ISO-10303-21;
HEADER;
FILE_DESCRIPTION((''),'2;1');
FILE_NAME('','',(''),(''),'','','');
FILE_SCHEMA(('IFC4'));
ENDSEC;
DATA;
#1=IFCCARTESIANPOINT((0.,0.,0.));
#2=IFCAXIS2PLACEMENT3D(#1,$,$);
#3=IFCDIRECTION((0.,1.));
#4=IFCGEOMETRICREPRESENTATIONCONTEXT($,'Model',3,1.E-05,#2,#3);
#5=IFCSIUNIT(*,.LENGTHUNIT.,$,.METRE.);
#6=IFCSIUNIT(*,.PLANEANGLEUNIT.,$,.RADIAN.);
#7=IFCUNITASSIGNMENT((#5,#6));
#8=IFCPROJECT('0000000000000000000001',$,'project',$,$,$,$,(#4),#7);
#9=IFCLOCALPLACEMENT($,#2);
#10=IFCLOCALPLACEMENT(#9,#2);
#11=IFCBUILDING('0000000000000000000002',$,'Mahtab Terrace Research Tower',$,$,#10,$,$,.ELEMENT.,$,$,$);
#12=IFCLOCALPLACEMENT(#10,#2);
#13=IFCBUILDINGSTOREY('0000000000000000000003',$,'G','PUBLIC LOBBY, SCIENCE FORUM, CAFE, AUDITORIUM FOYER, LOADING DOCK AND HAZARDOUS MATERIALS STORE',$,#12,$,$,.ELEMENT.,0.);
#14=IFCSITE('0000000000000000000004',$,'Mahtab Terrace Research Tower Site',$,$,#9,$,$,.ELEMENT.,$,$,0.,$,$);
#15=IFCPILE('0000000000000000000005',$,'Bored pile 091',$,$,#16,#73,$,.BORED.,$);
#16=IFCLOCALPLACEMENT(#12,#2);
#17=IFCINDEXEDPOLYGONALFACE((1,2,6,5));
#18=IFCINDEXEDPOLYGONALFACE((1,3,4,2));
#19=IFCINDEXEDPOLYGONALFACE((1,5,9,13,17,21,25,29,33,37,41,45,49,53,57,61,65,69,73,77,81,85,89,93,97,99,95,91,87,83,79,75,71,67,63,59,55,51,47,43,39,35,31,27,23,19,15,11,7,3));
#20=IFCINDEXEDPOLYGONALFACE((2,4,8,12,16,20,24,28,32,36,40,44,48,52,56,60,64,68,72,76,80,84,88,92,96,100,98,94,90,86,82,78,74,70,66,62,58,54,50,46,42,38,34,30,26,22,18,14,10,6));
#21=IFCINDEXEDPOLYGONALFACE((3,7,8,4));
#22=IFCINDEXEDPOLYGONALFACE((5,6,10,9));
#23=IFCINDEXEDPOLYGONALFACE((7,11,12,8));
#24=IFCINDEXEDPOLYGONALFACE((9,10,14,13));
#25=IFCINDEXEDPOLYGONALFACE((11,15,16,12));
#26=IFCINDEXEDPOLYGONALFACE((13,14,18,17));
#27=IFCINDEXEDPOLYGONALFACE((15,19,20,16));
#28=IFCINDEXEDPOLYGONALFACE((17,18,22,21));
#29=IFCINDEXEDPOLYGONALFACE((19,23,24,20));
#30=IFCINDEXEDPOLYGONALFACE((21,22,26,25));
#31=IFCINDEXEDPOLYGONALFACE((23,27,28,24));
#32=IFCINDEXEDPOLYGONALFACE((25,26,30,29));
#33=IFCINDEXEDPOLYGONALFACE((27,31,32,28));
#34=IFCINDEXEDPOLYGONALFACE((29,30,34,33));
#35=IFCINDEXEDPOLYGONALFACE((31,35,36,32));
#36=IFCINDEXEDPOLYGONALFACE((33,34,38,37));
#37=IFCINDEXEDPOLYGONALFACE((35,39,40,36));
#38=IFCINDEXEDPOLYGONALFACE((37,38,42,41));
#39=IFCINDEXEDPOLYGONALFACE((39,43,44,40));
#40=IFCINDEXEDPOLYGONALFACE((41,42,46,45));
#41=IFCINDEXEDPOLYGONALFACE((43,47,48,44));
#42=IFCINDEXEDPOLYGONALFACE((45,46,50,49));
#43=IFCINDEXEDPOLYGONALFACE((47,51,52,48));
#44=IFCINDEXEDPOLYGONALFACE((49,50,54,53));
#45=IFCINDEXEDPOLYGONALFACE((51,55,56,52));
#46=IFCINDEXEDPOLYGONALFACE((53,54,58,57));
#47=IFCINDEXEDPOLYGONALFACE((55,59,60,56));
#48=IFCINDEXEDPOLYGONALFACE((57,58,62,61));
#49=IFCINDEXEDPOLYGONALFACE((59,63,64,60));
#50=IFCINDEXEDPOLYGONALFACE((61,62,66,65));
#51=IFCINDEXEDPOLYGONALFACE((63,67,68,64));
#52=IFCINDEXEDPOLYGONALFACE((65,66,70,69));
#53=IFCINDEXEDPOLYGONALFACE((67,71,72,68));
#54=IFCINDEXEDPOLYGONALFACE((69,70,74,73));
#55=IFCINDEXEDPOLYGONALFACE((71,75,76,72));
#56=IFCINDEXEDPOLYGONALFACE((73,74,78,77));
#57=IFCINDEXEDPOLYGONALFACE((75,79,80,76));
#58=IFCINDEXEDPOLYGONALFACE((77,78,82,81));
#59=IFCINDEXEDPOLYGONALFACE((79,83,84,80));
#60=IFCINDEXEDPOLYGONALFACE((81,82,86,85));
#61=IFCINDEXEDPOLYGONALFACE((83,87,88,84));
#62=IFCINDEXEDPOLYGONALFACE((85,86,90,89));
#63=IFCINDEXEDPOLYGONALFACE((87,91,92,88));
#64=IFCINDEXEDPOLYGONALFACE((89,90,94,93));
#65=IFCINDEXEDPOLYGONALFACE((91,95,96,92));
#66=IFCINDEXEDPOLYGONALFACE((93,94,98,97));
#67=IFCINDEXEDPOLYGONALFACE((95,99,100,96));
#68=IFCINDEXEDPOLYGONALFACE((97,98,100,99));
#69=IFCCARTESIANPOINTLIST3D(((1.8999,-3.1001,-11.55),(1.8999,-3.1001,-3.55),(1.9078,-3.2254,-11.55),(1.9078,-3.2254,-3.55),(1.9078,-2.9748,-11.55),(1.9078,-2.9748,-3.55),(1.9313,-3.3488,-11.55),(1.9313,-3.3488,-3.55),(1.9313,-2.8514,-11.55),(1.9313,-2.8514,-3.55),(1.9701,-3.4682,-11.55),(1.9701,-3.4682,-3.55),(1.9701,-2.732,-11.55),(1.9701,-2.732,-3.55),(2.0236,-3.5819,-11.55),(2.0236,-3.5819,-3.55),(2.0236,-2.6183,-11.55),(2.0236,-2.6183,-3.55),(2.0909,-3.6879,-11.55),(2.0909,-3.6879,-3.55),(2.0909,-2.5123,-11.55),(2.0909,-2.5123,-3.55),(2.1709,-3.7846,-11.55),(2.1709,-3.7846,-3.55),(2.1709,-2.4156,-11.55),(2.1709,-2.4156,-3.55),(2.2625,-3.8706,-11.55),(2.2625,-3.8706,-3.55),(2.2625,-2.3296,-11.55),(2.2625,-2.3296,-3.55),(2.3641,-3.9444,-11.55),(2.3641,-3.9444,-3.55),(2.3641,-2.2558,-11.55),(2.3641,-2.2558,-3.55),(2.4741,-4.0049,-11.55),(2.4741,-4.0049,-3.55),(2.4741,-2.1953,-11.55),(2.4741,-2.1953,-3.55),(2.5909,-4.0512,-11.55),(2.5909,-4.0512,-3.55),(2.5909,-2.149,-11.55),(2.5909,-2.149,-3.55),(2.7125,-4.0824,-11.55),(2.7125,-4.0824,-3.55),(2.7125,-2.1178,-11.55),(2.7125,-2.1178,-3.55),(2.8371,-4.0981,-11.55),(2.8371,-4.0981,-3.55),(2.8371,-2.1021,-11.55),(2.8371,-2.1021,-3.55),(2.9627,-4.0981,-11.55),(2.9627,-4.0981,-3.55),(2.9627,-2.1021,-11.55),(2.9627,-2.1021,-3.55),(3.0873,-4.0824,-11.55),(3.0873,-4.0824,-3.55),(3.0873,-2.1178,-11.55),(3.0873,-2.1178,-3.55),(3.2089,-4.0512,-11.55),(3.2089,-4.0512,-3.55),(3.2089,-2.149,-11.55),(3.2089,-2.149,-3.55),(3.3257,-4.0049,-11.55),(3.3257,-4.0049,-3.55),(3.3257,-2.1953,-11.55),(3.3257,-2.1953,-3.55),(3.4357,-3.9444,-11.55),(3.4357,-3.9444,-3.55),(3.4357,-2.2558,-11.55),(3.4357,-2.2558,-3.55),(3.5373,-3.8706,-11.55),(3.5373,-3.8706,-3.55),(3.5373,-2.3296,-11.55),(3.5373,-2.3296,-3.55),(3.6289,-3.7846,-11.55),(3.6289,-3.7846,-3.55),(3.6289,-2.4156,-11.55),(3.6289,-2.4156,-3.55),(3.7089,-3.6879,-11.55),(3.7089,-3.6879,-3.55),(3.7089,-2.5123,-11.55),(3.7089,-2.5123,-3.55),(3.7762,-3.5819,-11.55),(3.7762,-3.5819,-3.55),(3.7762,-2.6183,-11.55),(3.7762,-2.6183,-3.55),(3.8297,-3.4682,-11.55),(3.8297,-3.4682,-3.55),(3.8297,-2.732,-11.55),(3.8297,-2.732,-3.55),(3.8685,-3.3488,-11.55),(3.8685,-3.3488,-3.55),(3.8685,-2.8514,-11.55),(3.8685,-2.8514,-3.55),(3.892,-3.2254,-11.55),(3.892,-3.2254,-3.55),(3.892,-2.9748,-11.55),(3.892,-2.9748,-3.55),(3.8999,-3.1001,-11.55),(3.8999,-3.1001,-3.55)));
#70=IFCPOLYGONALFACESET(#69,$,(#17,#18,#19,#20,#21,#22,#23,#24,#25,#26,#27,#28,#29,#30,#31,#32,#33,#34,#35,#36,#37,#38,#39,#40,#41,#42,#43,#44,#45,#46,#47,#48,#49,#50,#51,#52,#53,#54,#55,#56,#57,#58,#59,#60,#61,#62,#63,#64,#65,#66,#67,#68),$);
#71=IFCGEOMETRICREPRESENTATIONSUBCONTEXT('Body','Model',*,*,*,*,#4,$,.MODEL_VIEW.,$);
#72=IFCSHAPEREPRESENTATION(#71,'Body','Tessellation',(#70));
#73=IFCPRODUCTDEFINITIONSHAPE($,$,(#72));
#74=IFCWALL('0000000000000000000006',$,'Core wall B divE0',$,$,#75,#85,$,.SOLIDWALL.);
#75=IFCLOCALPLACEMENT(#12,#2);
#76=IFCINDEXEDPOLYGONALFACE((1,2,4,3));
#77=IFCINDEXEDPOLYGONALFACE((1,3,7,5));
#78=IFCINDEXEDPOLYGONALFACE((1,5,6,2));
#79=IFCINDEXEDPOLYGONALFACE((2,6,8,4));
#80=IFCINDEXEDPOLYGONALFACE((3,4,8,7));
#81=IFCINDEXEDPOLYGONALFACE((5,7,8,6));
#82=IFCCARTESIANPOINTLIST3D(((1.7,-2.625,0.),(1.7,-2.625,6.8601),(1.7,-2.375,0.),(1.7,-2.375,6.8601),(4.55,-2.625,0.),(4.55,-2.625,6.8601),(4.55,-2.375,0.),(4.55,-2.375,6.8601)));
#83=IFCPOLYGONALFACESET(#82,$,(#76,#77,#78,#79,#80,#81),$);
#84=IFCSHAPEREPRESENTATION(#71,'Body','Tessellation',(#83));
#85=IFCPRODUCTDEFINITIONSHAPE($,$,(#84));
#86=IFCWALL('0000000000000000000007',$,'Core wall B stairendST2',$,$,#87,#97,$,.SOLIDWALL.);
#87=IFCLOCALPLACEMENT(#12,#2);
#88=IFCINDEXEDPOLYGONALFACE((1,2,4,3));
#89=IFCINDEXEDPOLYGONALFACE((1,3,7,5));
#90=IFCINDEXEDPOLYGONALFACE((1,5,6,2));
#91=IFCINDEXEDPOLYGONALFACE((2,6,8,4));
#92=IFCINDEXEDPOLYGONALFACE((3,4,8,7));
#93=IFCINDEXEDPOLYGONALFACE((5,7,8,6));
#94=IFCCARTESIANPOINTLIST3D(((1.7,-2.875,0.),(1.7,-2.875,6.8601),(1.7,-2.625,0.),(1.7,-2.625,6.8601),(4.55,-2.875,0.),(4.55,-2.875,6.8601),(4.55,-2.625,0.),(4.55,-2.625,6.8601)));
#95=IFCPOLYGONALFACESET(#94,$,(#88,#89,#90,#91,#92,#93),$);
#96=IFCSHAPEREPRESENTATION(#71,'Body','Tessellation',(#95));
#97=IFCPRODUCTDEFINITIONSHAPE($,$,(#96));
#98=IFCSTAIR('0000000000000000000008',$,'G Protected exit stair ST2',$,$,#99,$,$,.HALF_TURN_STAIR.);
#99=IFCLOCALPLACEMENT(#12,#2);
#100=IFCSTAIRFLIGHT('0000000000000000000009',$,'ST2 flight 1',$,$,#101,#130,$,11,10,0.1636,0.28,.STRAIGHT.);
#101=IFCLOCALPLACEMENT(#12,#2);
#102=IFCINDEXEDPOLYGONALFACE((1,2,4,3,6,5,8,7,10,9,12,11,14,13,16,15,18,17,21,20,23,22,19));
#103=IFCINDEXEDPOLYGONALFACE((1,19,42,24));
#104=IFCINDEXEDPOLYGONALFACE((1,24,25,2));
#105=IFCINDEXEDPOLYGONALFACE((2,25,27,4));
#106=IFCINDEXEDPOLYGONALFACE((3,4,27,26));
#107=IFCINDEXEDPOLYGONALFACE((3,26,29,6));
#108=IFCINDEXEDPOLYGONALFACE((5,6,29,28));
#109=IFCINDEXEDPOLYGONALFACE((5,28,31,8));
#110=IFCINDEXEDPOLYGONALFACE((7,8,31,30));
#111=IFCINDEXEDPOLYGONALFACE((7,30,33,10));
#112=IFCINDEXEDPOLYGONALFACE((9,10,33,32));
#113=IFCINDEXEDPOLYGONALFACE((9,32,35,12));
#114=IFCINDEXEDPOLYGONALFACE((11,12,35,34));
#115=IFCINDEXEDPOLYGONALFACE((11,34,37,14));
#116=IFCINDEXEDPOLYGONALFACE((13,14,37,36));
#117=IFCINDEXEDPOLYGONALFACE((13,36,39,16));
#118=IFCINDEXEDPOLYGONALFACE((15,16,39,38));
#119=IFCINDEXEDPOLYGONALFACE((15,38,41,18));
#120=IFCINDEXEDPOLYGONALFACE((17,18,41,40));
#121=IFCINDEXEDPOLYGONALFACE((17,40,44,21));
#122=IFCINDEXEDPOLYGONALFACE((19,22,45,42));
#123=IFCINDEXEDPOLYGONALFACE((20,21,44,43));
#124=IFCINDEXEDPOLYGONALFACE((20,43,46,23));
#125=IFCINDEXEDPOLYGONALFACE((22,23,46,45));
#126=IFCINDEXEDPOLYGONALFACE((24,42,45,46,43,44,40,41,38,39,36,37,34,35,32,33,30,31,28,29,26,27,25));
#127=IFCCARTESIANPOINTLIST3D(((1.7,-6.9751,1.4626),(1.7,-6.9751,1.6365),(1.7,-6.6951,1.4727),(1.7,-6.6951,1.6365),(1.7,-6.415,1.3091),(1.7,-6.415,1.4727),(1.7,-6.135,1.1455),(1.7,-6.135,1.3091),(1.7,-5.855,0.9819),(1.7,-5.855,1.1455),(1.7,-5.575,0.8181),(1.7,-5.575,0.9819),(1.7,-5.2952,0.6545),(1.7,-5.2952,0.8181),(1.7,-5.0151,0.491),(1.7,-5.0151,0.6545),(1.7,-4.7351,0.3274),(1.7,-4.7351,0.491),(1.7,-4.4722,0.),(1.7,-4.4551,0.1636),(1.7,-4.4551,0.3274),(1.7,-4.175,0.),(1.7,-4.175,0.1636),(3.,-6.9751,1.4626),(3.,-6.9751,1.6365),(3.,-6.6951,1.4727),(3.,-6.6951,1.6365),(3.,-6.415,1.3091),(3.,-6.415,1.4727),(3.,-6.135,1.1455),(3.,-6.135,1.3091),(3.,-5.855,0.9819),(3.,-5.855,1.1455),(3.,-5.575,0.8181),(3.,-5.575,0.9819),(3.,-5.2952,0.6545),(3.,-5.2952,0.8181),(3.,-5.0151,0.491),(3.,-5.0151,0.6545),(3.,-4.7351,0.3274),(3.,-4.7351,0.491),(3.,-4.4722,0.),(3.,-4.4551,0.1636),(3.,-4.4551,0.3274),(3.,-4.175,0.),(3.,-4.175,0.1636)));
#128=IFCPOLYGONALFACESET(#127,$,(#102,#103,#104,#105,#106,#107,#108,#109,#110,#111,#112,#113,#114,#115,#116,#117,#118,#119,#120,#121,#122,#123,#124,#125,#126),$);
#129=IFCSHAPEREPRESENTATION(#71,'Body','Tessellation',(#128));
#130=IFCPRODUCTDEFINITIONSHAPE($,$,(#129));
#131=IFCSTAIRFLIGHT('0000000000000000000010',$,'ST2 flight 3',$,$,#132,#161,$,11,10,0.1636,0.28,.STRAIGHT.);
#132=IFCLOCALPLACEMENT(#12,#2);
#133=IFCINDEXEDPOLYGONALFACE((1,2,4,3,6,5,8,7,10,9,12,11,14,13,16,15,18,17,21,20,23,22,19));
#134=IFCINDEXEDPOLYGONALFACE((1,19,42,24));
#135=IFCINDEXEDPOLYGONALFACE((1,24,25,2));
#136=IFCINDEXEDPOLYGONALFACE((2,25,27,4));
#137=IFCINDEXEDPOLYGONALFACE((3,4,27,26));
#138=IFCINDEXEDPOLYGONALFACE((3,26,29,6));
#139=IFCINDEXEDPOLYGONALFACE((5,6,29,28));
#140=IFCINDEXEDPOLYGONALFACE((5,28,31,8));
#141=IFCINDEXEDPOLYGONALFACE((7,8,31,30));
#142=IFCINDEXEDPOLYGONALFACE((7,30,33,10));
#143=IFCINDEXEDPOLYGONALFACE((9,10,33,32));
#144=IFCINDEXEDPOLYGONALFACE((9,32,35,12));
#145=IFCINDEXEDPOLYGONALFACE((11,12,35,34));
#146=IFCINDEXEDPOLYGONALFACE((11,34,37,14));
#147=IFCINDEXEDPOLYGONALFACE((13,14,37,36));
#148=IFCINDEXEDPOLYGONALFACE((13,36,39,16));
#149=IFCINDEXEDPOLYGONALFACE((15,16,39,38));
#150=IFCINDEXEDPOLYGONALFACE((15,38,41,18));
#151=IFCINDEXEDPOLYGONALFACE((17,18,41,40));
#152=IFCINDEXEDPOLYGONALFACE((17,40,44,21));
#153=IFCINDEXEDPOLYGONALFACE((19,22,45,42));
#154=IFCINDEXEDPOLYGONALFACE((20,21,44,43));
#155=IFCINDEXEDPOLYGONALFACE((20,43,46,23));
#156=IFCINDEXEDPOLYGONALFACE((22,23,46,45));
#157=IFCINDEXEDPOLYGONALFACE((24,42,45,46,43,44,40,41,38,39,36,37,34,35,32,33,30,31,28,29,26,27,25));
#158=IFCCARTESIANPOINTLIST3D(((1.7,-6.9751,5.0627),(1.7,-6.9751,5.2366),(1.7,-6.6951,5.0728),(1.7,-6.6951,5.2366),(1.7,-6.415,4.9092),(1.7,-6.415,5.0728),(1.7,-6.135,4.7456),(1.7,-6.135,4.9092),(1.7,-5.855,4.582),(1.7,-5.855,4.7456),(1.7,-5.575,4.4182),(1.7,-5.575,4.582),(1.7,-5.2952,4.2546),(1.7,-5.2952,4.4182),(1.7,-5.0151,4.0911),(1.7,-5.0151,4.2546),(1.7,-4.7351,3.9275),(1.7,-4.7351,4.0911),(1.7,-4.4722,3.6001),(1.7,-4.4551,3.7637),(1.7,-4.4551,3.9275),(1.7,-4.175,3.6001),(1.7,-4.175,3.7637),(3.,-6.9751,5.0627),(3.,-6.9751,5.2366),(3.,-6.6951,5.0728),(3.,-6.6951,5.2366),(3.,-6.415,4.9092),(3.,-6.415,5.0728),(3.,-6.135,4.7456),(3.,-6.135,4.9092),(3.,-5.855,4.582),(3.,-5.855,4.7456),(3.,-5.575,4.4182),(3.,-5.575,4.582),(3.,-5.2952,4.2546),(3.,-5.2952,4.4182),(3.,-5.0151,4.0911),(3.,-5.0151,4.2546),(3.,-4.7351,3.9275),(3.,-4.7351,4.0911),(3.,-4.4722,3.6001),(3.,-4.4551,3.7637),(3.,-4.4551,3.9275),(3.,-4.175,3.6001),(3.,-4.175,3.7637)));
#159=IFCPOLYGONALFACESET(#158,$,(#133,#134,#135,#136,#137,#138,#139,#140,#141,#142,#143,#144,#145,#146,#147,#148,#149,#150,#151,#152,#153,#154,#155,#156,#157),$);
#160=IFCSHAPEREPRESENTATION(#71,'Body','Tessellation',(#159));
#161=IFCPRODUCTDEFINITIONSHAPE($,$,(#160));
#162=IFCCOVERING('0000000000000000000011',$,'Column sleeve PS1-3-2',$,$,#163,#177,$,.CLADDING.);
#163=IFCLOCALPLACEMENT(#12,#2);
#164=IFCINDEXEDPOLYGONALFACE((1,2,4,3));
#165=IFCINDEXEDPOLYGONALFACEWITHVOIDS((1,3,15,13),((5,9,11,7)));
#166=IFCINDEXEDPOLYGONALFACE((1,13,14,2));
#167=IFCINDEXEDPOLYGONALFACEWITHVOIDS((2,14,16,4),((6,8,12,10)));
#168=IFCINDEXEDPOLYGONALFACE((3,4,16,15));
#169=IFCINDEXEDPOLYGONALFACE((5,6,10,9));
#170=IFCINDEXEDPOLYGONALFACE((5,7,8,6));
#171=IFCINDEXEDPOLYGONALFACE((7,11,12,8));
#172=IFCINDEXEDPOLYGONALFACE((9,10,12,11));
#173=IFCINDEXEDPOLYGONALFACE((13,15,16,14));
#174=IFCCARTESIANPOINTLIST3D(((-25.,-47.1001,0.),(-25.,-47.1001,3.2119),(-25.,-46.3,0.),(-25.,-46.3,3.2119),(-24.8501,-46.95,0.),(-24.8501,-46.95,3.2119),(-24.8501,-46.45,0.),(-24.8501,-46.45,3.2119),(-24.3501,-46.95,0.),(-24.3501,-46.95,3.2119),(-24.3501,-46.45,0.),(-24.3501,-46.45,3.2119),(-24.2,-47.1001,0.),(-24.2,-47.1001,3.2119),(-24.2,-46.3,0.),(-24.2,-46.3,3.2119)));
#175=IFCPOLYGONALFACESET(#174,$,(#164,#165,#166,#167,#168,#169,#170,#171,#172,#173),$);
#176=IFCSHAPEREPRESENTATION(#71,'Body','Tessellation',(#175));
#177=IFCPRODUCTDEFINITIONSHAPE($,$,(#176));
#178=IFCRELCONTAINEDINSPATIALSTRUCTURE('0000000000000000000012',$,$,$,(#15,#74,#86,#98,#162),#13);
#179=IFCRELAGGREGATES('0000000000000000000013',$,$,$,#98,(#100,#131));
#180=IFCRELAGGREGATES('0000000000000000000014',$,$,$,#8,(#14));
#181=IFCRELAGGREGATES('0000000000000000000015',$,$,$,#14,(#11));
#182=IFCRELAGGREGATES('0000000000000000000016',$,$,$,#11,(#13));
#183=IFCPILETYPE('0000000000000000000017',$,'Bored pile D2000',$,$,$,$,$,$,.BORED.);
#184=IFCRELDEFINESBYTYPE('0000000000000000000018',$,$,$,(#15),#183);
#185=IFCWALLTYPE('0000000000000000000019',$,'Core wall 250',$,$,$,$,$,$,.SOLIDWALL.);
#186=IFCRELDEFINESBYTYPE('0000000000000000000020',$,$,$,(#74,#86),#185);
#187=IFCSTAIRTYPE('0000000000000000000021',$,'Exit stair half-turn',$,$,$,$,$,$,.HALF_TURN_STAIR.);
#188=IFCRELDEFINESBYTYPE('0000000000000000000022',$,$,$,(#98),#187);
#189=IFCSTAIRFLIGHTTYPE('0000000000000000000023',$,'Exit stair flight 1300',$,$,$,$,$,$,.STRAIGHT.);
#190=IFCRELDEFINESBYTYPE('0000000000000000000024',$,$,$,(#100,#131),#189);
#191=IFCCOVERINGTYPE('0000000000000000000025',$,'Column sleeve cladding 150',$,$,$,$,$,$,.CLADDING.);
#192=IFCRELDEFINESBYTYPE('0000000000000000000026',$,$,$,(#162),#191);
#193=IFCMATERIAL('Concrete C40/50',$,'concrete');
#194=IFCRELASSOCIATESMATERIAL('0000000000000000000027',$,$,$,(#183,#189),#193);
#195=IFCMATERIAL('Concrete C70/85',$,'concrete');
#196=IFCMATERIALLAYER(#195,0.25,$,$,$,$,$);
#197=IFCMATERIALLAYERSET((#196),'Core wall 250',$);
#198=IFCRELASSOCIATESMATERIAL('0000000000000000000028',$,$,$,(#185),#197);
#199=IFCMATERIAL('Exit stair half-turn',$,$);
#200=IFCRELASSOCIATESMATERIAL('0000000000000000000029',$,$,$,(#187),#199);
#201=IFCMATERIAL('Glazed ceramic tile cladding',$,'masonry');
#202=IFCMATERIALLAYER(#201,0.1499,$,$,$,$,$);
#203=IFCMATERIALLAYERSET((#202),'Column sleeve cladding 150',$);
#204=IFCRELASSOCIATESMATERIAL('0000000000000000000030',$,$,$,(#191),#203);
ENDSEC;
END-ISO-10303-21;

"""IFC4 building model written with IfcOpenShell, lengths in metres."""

from ifc_helpers import new_model, si_unit, direction, frame, frame_2d, origin, origin_2d, place, context, subcontext, project, spatial, polyline, rectangle, circle, outline, extrude, material, layer, layer_set, material_profile, profile_set, type_object, element, aggregate, save


model = new_model("IFC4")

# Units and contexts
model_context = context("Model", 3, precision=1e-05, world=origin(), true_north=direction((0.0, 1.0)))
body_context = subcontext(model_context, "Body", "Model", "MODEL_VIEW")
ifc_project = project(units=[si_unit("LENGTHUNIT", "METRE"), si_unit("PLANEANGLEUNIT", "RADIAN")], contexts=[model_context])

# Site, building, storey
site_placement = place(None, origin())
site = spatial("IfcSite", under=ifc_project, at=site_placement, Name="Mahtab Terrace Research Tower Site", CompositionType="ELEMENT", RefElevation=0.0)
building_placement = place(site_placement, origin())
building = spatial("IfcBuilding", under=site, at=building_placement, Name="Mahtab Terrace Research Tower", CompositionType="ELEMENT")
storey_placement = place(building_placement, origin())
storey = spatial("IfcBuildingStorey", under=building, at=storey_placement, Name="G", Description="PUBLIC LOBBY, SCIENCE FORUM, CAFE, AUDITORIUM FOYER, LOADING DOCK AND HAZARDOUS MATERIALS STORE", CompositionType="ELEMENT", Elevation=0.0)

# Pile
ifc_material_1 = material(Name="Concrete C40/50", Category="concrete")
ifc_material_profile = material_profile(ifc_material_1, circle(Radius=1.0, at=origin_2d()), Name="Bored pile D2000")
ifc_profile_set = profile_set([ifc_material_profile], Name="Concrete C40/50")
pile_type = type_object("IfcPileType", Name="Bored pile D2000", PredefinedType="BORED", material=ifc_profile_set)
pile_placement = place(storey_placement, frame((2.8999, -3.1001, -3.55), z_axis=(0.0, 0.0, -1.0), x_axis=(1.0, 0.0, 0.0)))
element("IfcPile", 1, at=pile_placement, inside=storey, type_object=pile_type, Name="Bored pile 091", PredefinedType="BORED", context=body_context, shape_type="SweptSolid", body=[
    extrude(circle(Radius=1.0, at=origin_2d()), origin(), (0.0, 0.0, 1.0), 8.0),
])

# Walls
ifc_material_2 = material(Name="Concrete C70/85", Category="concrete")
ifc_layer_1 = layer(ifc_material_2, 0.25)
ifc_layer_set_1 = layer_set([ifc_layer_1], Name="Core wall 250")
wall_type = type_object("IfcWallType", Name="Core wall 250", PredefinedType="SOLIDWALL", material=ifc_layer_set_1)
for number, where, z_axis, x_axis, name in (
    (2, (1.7, -2.5, 0.0), (0.0, 0.0, 1.0), (1.0, 0.0, 0.0), "Core wall B divE0"),
    (3, (1.7, -2.75, 0.0), (0.0, 0.0, 1.0), (1.0, 0.0, 0.0), "Core wall B stairendST2"),
):
    element("IfcWall", number, at=place(storey_placement, frame(where, z_axis=z_axis, x_axis=x_axis)), inside=storey, type_object=wall_type, Name=name, PredefinedType="SOLIDWALL", context=body_context, shape_type="SweptSolid", body=[
        extrude(rectangle(XDim=2.8501, YDim=0.25, at=frame_2d((1.425, 0.0))), origin(), (0.0, 0.0, 1.0), 6.8601),
    ])

# Stair, stair flights
ifc_material_3 = material(Name="Exit stair half-turn")
stair_type = type_object("IfcStairType", Name="Exit stair half-turn", PredefinedType="HALF_TURN_STAIR", material=ifc_material_3)
stair_placement = place(storey_placement, origin())
stair = element("IfcStair", 4, at=stair_placement, inside=storey, type_object=stair_type, Name="G Protected exit stair ST2", PredefinedType="HALF_TURN_STAIR")
stair_flight_type = type_object("IfcStairFlightType", Name="Exit stair flight 1300", PredefinedType="STRAIGHT", material=ifc_material_1)
stair_flight_1_placement = place(storey_placement, frame((2.3501, -4.175, 0.0), z_axis=(0.0, 0.0, 1.0), x_axis=(0.0, -1.0, 0.0)))
stair_flight_1 = element("IfcStairFlight", 5, at=stair_flight_1_placement, type_object=stair_flight_type, Name="ST2 flight 1", NumberOfRisers=11, NumberOfTreads=10, PredefinedType="STRAIGHT", RiserHeight=0.1636, TreadLength=0.28, context=body_context, shape_type="SweptSolid", body=[
    extrude(outline(polyline([(0.0, 0.0), (0.0, 0.1636), (0.28, 0.1636), (0.28, 0.3274), (0.5601, 0.3274), (0.5601, 0.491), (0.8401, 0.491), (0.8401, 0.6545), (1.1201, 0.6545), (1.1201, 0.8181), (1.3999, 0.8181), (1.3999, 0.9819), (1.6799, 0.9819), (1.6799, 1.1455), (1.96, 1.1455), (1.96, 1.3091), (2.24, 1.3091), (2.24, 1.4727), (2.52, 1.4727), (2.52, 1.6365), (2.8, 1.6365), (2.8, 1.8), (2.8, 1.4626), (0.2971, 0.0), (0.0, 0.0)])), frame((0.0, 0.6499, 0.0), z_axis=(0.0, -1.0, 0.0), x_axis=(1.0, 0.0, 0.0)), (0.0, 0.0, 1.0), 1.3),
])
stair_flight_2_placement = place(storey_placement, frame((2.3501, -4.175, 3.6001), z_axis=(0.0, 0.0, 1.0), x_axis=(0.0, -1.0, 0.0)))
stair_flight_2 = element("IfcStairFlight", 6, at=stair_flight_2_placement, type_object=stair_flight_type, Name="ST2 flight 3", NumberOfRisers=11, NumberOfTreads=10, PredefinedType="STRAIGHT", RiserHeight=0.1636, TreadLength=0.28, context=body_context, shape_type="SweptSolid", body=[
    extrude(outline(polyline([(0.0, 0.0), (0.0, 0.1636), (0.28, 0.1636), (0.28, 0.3274), (0.5601, 0.3274), (0.5601, 0.491), (0.8401, 0.491), (0.8401, 0.6545), (1.1201, 0.6545), (1.1201, 0.8181), (1.3999, 0.8181), (1.3999, 0.9819), (1.6799, 0.9819), (1.6799, 1.1455), (1.96, 1.1455), (1.96, 1.3091), (2.24, 1.3091), (2.24, 1.4727), (2.52, 1.4727), (2.52, 1.6365), (2.8, 1.6365), (2.8, 1.8), (2.8, 1.4626), (0.2971, 0.0), (0.0, 0.0)])), frame((0.0, 0.6499, 0.0), z_axis=(0.0, -1.0, 0.0), x_axis=(1.0, 0.0, 0.0)), (0.0, 0.0, 1.0), 1.3),
])
aggregate(stair, [stair_flight_1, stair_flight_2])

# Covering
ifc_material_4 = material(Name="Glazed ceramic tile cladding", Category="masonry")
ifc_layer_2 = layer(ifc_material_4, 0.1499)
ifc_layer_set_2 = layer_set([ifc_layer_2], Name="Column sleeve cladding 150")
covering_type = type_object("IfcCoveringType", Name="Column sleeve cladding 150", PredefinedType="CLADDING", material=ifc_layer_set_2)
covering_1_placement = place(storey_placement, origin())
element("IfcCovering", 7, at=covering_1_placement, inside=storey, type_object=covering_type, Name="Column sleeve PS1-3-2", PredefinedType="CLADDING", context=body_context, shape_type="SweptSolid", body=[
    extrude(outline(polyline([(-25.0, -47.1001), (-24.2, -47.1001), (-24.2, -46.3), (-25.0, -46.3), (-25.0, -47.1001)]), holes=[polyline([(-24.8501, -46.95), (-24.3501, -46.95), (-24.3501, -46.45), (-24.8501, -46.45), (-24.8501, -46.95)])]), origin(), (0.0, 0.0, 1.0), 3.2119),
])

save(model, "model.ifc")
